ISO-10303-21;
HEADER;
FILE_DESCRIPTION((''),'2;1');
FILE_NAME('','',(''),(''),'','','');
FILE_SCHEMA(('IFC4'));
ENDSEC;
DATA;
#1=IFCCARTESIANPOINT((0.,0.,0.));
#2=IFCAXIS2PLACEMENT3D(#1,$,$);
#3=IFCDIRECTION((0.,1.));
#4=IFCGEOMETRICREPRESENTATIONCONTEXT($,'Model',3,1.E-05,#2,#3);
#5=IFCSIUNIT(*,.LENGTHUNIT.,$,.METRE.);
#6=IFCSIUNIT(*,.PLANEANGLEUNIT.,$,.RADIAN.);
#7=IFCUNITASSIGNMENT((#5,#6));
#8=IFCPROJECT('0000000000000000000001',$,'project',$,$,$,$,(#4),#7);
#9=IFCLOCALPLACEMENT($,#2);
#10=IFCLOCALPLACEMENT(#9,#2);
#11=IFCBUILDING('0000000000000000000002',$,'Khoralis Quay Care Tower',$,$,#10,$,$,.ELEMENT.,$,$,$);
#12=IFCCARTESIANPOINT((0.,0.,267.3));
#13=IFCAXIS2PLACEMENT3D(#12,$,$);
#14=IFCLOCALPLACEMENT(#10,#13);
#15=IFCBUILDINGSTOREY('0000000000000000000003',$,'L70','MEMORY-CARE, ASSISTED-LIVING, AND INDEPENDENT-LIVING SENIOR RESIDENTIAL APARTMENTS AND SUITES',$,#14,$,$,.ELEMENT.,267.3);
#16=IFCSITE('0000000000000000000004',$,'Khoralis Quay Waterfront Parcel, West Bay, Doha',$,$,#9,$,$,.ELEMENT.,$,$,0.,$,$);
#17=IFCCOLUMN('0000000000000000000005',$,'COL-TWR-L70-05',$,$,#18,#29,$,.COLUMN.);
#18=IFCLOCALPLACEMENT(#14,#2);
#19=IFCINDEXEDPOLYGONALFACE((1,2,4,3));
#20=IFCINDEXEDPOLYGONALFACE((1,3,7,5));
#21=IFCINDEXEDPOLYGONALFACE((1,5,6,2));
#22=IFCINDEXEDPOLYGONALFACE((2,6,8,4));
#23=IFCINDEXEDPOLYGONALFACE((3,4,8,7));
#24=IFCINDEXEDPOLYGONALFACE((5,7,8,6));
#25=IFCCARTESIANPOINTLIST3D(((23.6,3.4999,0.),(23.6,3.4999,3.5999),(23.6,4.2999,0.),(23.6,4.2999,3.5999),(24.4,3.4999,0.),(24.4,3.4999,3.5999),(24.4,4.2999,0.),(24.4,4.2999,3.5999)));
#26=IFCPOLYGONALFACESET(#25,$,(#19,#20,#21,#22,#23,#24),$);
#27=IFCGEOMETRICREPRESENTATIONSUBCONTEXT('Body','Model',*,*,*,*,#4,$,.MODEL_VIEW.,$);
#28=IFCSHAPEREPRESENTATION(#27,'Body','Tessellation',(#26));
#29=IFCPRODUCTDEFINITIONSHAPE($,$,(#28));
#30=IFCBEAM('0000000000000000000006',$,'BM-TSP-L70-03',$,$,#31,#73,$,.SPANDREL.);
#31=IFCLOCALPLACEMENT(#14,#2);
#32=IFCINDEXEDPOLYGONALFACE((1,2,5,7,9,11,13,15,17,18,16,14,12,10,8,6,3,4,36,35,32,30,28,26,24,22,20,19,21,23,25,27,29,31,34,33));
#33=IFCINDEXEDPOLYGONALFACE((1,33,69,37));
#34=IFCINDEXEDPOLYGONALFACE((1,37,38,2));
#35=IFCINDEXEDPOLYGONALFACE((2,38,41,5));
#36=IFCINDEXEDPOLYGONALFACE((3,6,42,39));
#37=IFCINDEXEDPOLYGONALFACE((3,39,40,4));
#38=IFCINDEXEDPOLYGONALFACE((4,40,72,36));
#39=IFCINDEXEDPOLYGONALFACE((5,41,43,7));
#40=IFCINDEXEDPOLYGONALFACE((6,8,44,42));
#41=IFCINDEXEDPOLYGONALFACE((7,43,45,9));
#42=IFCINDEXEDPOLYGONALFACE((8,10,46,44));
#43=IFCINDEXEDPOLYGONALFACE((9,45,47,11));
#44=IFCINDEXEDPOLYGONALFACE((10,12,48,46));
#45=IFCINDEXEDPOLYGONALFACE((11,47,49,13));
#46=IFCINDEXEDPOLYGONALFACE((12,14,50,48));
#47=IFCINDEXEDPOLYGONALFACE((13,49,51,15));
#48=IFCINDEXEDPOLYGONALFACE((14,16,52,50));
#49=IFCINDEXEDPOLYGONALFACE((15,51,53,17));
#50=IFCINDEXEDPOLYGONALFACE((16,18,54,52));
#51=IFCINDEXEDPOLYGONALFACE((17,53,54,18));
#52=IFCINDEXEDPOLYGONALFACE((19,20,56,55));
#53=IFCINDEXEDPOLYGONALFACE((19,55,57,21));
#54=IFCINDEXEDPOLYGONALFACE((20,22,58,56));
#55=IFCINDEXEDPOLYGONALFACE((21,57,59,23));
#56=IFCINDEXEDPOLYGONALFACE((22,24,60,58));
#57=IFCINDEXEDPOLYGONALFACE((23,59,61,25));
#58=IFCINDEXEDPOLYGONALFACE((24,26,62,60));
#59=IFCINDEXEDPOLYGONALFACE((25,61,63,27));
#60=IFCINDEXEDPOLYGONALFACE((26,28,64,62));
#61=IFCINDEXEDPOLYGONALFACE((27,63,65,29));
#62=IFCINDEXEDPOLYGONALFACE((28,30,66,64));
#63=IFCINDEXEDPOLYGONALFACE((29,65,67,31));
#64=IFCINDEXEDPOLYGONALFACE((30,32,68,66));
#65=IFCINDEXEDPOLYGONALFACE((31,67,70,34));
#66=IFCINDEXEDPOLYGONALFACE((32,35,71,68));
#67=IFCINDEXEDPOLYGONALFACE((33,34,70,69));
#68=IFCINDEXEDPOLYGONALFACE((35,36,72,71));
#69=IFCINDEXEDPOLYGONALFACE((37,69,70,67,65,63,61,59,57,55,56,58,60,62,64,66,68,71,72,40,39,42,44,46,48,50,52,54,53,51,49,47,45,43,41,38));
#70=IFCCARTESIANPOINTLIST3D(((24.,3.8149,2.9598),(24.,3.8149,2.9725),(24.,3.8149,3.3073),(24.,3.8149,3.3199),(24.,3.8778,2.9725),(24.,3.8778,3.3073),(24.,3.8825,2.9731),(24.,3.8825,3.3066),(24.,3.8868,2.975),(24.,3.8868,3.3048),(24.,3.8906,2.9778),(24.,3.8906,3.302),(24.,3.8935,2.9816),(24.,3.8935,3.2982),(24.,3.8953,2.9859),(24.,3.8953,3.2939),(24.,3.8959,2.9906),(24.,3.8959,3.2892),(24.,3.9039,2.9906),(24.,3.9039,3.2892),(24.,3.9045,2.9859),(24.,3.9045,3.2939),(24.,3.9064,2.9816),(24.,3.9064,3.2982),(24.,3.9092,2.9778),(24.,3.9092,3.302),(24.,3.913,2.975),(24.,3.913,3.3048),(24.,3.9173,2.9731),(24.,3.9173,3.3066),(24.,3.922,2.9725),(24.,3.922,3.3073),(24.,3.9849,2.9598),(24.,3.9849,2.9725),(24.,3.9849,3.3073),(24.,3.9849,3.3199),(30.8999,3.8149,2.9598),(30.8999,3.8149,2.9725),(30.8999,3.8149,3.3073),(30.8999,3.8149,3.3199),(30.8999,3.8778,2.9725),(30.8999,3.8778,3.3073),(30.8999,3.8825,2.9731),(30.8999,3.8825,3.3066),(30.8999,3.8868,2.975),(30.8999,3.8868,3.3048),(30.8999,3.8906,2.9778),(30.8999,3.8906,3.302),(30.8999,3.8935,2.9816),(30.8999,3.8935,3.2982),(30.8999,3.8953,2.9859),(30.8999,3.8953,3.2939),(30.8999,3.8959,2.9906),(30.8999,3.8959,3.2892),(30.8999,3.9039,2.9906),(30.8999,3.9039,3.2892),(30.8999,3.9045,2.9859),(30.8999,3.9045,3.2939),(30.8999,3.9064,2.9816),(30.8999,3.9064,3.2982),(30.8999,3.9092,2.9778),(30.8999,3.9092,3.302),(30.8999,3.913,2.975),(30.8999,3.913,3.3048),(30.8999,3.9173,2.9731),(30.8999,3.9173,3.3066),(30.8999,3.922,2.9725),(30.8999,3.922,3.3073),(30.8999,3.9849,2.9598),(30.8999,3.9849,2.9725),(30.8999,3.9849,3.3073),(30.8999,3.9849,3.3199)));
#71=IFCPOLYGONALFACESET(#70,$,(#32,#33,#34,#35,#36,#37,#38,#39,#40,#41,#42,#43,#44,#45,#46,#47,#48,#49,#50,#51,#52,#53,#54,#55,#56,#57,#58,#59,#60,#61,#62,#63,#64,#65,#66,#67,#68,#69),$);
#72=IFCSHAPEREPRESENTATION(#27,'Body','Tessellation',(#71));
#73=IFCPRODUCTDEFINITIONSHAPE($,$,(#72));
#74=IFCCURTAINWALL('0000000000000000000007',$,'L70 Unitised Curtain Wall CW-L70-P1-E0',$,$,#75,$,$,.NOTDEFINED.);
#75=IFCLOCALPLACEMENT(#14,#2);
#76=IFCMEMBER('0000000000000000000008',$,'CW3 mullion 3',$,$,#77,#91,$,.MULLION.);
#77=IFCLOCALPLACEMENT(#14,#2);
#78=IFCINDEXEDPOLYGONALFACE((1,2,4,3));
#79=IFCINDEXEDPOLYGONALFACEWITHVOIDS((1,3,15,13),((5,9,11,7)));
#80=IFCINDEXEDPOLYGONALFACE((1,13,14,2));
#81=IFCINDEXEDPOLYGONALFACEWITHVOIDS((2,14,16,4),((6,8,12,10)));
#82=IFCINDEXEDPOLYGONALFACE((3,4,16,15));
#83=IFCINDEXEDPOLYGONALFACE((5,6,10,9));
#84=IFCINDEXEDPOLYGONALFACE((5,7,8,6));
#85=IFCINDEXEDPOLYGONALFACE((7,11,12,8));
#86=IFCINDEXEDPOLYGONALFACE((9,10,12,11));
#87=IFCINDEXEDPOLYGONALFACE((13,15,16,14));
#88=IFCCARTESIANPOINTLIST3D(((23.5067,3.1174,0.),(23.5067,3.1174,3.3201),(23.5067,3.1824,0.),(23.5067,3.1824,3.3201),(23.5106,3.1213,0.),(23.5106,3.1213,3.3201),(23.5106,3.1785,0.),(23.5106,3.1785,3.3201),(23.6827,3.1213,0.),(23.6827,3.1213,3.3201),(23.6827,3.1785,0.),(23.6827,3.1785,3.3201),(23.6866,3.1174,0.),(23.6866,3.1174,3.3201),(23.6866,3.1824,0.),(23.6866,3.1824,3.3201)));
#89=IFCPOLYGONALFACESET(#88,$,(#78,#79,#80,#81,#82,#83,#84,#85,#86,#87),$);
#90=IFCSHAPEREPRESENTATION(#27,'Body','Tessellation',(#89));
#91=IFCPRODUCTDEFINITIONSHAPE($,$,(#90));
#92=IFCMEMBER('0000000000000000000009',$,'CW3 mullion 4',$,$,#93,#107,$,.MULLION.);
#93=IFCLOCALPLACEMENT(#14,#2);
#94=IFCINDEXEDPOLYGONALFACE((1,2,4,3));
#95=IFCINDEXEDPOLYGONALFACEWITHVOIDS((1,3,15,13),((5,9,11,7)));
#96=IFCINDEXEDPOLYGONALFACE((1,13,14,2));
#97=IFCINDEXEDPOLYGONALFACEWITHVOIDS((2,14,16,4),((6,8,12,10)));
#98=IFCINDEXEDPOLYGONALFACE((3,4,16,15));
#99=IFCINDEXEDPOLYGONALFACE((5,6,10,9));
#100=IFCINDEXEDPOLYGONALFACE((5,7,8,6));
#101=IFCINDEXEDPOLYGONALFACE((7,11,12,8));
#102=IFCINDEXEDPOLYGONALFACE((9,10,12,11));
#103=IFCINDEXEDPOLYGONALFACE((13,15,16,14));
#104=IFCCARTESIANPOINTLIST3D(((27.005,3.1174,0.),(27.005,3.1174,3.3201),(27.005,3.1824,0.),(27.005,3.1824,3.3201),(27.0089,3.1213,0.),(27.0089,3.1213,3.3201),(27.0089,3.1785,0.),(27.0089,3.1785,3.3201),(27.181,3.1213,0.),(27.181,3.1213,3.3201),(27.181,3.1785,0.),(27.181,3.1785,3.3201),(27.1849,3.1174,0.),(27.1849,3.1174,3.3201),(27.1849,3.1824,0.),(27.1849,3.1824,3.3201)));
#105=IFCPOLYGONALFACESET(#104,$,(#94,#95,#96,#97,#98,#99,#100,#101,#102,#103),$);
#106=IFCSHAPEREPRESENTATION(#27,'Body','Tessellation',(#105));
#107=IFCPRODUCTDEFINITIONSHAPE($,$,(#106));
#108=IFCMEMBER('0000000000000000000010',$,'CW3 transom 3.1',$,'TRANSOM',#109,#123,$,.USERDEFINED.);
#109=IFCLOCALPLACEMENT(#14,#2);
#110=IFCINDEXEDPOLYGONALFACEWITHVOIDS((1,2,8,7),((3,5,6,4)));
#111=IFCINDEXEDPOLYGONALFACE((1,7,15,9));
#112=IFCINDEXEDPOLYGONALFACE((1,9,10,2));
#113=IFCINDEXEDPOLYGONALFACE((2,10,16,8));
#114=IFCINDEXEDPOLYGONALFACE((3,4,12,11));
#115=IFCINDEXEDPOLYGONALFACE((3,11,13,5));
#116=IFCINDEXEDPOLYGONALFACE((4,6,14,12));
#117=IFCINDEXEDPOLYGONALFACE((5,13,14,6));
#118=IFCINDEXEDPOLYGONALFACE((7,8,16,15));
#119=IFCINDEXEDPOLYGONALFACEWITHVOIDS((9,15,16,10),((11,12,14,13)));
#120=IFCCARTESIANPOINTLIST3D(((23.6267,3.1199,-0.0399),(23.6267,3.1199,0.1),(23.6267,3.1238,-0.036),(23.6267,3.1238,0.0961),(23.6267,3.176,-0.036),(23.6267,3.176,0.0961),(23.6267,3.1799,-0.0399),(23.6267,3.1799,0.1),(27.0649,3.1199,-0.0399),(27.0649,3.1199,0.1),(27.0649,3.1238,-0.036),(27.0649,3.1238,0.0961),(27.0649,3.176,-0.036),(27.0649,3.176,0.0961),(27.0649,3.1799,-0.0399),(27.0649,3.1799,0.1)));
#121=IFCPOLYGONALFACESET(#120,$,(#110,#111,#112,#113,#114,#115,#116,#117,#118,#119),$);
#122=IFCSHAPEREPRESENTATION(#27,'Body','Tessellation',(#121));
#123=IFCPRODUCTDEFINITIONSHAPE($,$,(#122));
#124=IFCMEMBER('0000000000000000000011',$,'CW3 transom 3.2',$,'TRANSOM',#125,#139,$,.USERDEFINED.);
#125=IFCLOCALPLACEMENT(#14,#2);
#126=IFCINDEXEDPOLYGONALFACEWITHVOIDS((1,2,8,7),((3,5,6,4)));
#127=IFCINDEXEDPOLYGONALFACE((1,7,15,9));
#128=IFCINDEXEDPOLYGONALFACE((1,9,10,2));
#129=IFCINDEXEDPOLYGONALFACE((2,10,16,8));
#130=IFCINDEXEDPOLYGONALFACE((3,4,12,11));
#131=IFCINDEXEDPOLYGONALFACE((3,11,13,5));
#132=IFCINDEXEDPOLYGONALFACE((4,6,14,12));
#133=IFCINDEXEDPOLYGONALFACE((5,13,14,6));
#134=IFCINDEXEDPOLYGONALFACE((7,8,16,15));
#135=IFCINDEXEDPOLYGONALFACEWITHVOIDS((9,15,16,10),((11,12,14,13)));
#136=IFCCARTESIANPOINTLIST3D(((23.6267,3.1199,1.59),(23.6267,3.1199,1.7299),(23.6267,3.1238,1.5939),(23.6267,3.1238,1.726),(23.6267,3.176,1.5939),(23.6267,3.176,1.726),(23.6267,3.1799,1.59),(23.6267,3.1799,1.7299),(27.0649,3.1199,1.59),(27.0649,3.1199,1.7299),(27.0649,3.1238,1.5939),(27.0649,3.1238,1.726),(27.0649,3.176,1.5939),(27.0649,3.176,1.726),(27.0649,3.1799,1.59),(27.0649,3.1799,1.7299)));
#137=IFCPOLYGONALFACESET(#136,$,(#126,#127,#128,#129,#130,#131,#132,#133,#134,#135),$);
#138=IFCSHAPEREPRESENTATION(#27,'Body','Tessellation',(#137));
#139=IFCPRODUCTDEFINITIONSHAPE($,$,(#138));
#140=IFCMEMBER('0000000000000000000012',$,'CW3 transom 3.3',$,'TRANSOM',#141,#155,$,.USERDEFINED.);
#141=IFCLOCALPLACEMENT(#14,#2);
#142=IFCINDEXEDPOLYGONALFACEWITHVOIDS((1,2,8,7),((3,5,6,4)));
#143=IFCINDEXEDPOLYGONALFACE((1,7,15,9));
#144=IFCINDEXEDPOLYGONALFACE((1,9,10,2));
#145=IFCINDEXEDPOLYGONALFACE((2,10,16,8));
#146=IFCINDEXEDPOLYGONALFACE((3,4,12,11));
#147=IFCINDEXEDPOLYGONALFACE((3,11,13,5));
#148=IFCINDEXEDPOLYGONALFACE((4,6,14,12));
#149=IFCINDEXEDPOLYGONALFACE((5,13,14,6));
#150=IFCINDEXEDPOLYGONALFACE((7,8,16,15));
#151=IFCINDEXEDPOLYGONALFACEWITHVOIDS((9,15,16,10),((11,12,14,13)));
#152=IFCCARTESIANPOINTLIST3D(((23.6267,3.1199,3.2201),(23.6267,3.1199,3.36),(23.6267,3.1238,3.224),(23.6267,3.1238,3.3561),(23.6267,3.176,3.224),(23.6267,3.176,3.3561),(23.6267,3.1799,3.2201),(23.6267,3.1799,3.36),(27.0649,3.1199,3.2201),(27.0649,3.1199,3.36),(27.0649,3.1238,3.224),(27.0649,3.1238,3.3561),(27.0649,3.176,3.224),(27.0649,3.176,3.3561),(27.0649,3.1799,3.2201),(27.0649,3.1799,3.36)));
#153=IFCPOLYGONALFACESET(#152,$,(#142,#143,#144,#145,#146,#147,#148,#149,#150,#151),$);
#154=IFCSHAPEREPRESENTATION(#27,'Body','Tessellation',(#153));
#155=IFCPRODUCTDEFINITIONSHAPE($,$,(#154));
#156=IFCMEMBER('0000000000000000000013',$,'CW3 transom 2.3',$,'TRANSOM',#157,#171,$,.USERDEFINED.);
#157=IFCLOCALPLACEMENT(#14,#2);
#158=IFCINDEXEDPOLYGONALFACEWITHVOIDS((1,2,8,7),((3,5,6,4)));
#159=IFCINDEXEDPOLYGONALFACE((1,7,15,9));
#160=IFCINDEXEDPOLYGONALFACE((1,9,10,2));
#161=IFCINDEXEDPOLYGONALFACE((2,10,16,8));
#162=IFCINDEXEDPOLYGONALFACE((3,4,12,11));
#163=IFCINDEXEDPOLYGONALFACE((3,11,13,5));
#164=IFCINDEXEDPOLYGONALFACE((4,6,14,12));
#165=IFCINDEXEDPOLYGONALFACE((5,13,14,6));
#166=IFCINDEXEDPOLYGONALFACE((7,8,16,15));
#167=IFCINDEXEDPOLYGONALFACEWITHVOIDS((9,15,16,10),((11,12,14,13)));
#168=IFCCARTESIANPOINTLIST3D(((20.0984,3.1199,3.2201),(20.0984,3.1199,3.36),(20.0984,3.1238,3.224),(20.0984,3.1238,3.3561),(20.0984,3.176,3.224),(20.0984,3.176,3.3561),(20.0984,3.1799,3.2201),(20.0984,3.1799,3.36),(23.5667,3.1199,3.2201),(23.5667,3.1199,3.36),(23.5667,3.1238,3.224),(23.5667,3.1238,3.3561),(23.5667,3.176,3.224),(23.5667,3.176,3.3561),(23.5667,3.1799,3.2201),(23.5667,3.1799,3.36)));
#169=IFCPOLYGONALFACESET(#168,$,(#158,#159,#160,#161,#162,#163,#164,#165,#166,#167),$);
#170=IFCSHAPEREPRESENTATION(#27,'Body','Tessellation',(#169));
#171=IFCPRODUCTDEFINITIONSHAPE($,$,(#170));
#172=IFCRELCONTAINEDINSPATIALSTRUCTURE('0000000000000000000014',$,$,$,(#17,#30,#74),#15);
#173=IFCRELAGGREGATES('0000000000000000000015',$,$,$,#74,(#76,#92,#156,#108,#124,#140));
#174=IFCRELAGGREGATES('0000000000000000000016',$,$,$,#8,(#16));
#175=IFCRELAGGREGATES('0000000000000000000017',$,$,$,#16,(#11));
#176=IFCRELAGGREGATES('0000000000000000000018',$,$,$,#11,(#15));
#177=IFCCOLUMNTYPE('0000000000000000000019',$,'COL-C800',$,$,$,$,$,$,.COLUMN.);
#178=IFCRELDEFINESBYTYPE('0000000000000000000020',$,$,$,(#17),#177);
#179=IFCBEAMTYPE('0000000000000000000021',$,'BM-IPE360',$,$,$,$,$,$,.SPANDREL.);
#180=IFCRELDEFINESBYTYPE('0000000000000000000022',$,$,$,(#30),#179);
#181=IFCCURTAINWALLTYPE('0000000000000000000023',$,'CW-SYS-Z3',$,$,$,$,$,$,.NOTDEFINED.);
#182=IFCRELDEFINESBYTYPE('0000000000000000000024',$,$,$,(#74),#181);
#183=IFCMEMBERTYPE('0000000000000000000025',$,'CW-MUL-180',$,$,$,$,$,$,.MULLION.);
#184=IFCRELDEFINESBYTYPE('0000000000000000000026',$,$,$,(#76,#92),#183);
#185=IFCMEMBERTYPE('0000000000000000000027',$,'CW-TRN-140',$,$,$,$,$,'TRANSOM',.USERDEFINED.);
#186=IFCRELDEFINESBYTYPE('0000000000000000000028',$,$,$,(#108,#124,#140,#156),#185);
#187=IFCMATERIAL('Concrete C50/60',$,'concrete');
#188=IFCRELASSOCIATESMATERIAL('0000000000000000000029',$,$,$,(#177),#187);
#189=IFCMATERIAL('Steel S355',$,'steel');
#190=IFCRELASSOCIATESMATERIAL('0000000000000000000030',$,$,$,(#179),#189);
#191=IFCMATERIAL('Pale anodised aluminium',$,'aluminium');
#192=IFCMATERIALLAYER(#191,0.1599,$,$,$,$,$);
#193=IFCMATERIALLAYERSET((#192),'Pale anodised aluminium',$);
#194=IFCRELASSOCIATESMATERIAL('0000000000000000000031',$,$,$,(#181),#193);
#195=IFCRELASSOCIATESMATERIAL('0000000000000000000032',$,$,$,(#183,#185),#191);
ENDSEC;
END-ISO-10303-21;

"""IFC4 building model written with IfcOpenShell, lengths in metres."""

from ifc_helpers import new_model, si_unit, direction, frame, origin, origin_2d, place, context, subcontext, project, spatial, rectangle, hollow_rectangle, i_section, extrude, source, transform, mapped, material, layer, layer_set, material_profile, profile_set, type_object, element, aggregate, save


model = new_model("IFC4")

# Units and contexts
model_context = context("Model", 3, precision=1e-05, world=origin(), true_north=direction((0.0, 1.0)))
body_context = subcontext(model_context, "Body", "Model", "MODEL_VIEW")
ifc_project = project(units=[si_unit("LENGTHUNIT", "METRE"), si_unit("PLANEANGLEUNIT", "RADIAN")], contexts=[model_context])

# Site, building, storey
site_placement = place(None, origin())
site = spatial("IfcSite", under=ifc_project, at=site_placement, Name="Khoralis Quay Waterfront Parcel, West Bay, Doha", CompositionType="ELEMENT", RefElevation=0.0)
building_placement = place(site_placement, origin())
building = spatial("IfcBuilding", under=site, at=building_placement, Name="Khoralis Quay Care Tower", CompositionType="ELEMENT")
storey_placement = place(building_placement, frame((0.0, 0.0, 267.3)))
storey = spatial("IfcBuildingStorey", under=building, at=storey_placement, Name="L70", Description="MEMORY-CARE, ASSISTED-LIVING, AND INDEPENDENT-LIVING SENIOR RESIDENTIAL APARTMENTS AND SUITES", CompositionType="ELEMENT", Elevation=267.3)

# Column
ifc_material_1 = material(Name="Concrete C50/60", Category="concrete")
ifc_material_profile_1 = material_profile(ifc_material_1, rectangle(XDim=0.8, YDim=0.8, at=origin_2d()), Name="Concrete C50/60")
ifc_profile_set_1 = profile_set([ifc_material_profile_1], Name="Concrete C50/60")
column_type = type_object("IfcColumnType", Name="COL-C800", PredefinedType="COLUMN", material=ifc_profile_set_1)
shared_shape_1 = source(origin(), body_context, "Body", "SweptSolid", [
    extrude(rectangle(XDim=0.8, YDim=0.8, at=origin_2d()), origin(), (0.0, 0.0, 1.0), 3.5999),
])
column_placement = place(storey_placement, frame((24.0, 3.8999, 0.0), z_axis=(0.0, 0.0, 1.0), x_axis=(1.0, 0.0, 0.0)))
element("IfcColumn", 1, at=column_placement, inside=storey, type_object=column_type, Name="COL-TWR-L70-05", PredefinedType="COLUMN", context=body_context, shape_type="MappedRepresentation", body=[
    mapped(shared_shape_1, transform((0.0, 0.0, 0.0), scale=1.0)),
])

# Beam
ifc_material_2 = material(Name="Steel S355", Category="steel")
ifc_material_profile_2 = material_profile(ifc_material_2, i_section(OverallWidth=0.1699, OverallDepth=0.3601, WebThickness=0.0081, FlangeThickness=0.0127, FilletRadius=0.0181, at=origin_2d()), Name="Steel S355")
ifc_profile_set_2 = profile_set([ifc_material_profile_2], Name="Steel S355")
beam_type = type_object("IfcBeamType", Name="BM-IPE360", PredefinedType="SPANDREL", material=ifc_profile_set_2)
shared_shape_2 = source(origin(), body_context, "Body", "SweptSolid", [
    extrude(i_section(OverallWidth=0.1699, OverallDepth=0.3601, WebThickness=0.0081, FlangeThickness=0.0127, FilletRadius=0.0181, at=origin_2d()), origin(), (0.0, 0.0, 1.0), 6.8999),
])
beam_placement = place(storey_placement, frame((24.0, 3.8999, 3.1399), z_axis=(1.0, 0.0, 0.0), x_axis=(0.0, 1.0, 0.0)))
element("IfcBeam", 2, at=beam_placement, inside=storey, type_object=beam_type, Name="BM-TSP-L70-03", PredefinedType="SPANDREL", context=body_context, shape_type="MappedRepresentation", body=[
    mapped(shared_shape_2, transform((0.0, 0.0, 0.0), scale=1.0)),
])

# Curtain wall, members
ifc_material_3 = material(Name="Pale anodised aluminium", Category="aluminium")
ifc_layer_1 = layer(ifc_material_3, 0.1599)
ifc_layer_set_1 = layer_set([ifc_layer_1], Name="Pale anodised aluminium")
curtain_wall_type = type_object("IfcCurtainWallType", Name="CW-SYS-Z3", PredefinedType="NOTDEFINED", material=ifc_layer_set_1)
curtain_wall_placement = place(storey_placement, origin())
curtain_wall = element("IfcCurtainWall", 3, at=curtain_wall_placement, inside=storey, type_object=curtain_wall_type, Name="L70 Unitised Curtain Wall CW-L70-P1-E0", PredefinedType="NOTDEFINED")
ifc_material_profile_3 = material_profile(ifc_material_3, hollow_rectangle(XDim=0.0649, YDim=0.1799, WallThickness=0.0039, at=origin_2d()), Name="Pale anodised aluminium")
ifc_profile_set_3 = profile_set([ifc_material_profile_3], Name="Pale anodised aluminium")
member_type_1 = type_object("IfcMemberType", Name="CW-MUL-180", PredefinedType="MULLION", material=ifc_profile_set_3)
shared_shape_3 = source(origin(), body_context, "Body", "SweptSolid", [
    extrude(hollow_rectangle(XDim=0.0649, YDim=0.1799, WallThickness=0.0039, at=origin_2d()), origin(), (0.0, 0.0, 1.0), 3.3201),
])
member_1_placement = place(storey_placement, frame((23.5967, 3.1499, 0.0), z_axis=(0.0, 0.0, 1.0), x_axis=(0.0, 1.0, 0.0)))
member_1 = element("IfcMember", 4, at=member_1_placement, type_object=member_type_1, Name="CW3 mullion 3", PredefinedType="MULLION", context=body_context, shape_type="MappedRepresentation", body=[
    mapped(shared_shape_3, transform((0.0, 0.0, 0.0), scale=1.0)),
])
member_2_placement = place(storey_placement, frame((27.095, 3.1499, 0.0), z_axis=(0.0, 0.0, 1.0), x_axis=(0.0, 1.0, 0.0)))
member_2 = element("IfcMember", 5, at=member_2_placement, type_object=member_type_1, Name="CW3 mullion 4", PredefinedType="MULLION", context=body_context, shape_type="MappedRepresentation", body=[
    mapped(shared_shape_3, transform((0.0, 0.0, 0.0), scale=1.0)),
])
ifc_material_profile_4 = material_profile(ifc_material_3, hollow_rectangle(XDim=0.0601, YDim=0.1399, WallThickness=0.0039, at=origin_2d()), Name="Pale anodised aluminium")
ifc_profile_set_4 = profile_set([ifc_material_profile_4], Name="Pale anodised aluminium")
member_type_2 = type_object("IfcMemberType", Name="CW-TRN-140", ElementType="TRANSOM", PredefinedType="USERDEFINED", material=ifc_profile_set_4)
shared_shape_4 = source(origin(), body_context, "Body", "SweptSolid", [
    extrude(hollow_rectangle(XDim=0.0601, YDim=0.1399, WallThickness=0.0039, at=origin_2d()), origin(), (0.0, 0.0, 1.0), 3.4382),
])
member_3_placement = place(storey_placement, frame((23.6267, 3.1499, 0.03), z_axis=(1.0, 0.0, 0.0), x_axis=(0.0, 1.0, 0.0)))
member_3 = element("IfcMember", 6, at=member_3_placement, type_object=member_type_2, Name="CW3 transom 3.1", ObjectType="TRANSOM", PredefinedType="USERDEFINED", context=body_context, shape_type="MappedRepresentation", body=[
    mapped(shared_shape_4, transform((0.0, 0.0, 0.0), scale=1.0)),
])
member_4_placement = place(storey_placement, frame((23.6267, 3.1499, 1.6599), z_axis=(1.0, 0.0, 0.0), x_axis=(0.0, 1.0, 0.0)))
member_4 = element("IfcMember", 7, at=member_4_placement, type_object=member_type_2, Name="CW3 transom 3.2", ObjectType="TRANSOM", PredefinedType="USERDEFINED", context=body_context, shape_type="MappedRepresentation", body=[
    mapped(shared_shape_4, transform((0.0, 0.0, 0.0), scale=1.0)),
])
member_5_placement = place(storey_placement, frame((23.6267, 3.1499, 3.29), z_axis=(1.0, 0.0, 0.0), x_axis=(0.0, 1.0, 0.0)))
member_5 = element("IfcMember", 8, at=member_5_placement, type_object=member_type_2, Name="CW3 transom 3.3", ObjectType="TRANSOM", PredefinedType="USERDEFINED", context=body_context, shape_type="MappedRepresentation", body=[
    mapped(shared_shape_4, transform((0.0, 0.0, 0.0), scale=1.0)),
])
shared_shape_5 = source(origin(), body_context, "Body", "SweptSolid", [
    extrude(hollow_rectangle(XDim=0.0601, YDim=0.1399, WallThickness=0.0039, at=origin_2d()), origin(), (0.0, 0.0, 1.0), 3.4683),
])
member_6_placement = place(storey_placement, frame((20.0984, 3.1499, 3.29), z_axis=(1.0, 0.0, 0.0), x_axis=(0.0, 1.0, 0.0)))
member_6 = element("IfcMember", 9, at=member_6_placement, type_object=member_type_2, Name="CW3 transom 2.3", ObjectType="TRANSOM", PredefinedType="USERDEFINED", context=body_context, shape_type="MappedRepresentation", body=[
    mapped(shared_shape_5, transform((0.0, 0.0, 0.0), scale=1.0)),
])
aggregate(curtain_wall, [member_1, member_2, member_6, member_3, member_4, member_5])

save(model, "model.ifc")
